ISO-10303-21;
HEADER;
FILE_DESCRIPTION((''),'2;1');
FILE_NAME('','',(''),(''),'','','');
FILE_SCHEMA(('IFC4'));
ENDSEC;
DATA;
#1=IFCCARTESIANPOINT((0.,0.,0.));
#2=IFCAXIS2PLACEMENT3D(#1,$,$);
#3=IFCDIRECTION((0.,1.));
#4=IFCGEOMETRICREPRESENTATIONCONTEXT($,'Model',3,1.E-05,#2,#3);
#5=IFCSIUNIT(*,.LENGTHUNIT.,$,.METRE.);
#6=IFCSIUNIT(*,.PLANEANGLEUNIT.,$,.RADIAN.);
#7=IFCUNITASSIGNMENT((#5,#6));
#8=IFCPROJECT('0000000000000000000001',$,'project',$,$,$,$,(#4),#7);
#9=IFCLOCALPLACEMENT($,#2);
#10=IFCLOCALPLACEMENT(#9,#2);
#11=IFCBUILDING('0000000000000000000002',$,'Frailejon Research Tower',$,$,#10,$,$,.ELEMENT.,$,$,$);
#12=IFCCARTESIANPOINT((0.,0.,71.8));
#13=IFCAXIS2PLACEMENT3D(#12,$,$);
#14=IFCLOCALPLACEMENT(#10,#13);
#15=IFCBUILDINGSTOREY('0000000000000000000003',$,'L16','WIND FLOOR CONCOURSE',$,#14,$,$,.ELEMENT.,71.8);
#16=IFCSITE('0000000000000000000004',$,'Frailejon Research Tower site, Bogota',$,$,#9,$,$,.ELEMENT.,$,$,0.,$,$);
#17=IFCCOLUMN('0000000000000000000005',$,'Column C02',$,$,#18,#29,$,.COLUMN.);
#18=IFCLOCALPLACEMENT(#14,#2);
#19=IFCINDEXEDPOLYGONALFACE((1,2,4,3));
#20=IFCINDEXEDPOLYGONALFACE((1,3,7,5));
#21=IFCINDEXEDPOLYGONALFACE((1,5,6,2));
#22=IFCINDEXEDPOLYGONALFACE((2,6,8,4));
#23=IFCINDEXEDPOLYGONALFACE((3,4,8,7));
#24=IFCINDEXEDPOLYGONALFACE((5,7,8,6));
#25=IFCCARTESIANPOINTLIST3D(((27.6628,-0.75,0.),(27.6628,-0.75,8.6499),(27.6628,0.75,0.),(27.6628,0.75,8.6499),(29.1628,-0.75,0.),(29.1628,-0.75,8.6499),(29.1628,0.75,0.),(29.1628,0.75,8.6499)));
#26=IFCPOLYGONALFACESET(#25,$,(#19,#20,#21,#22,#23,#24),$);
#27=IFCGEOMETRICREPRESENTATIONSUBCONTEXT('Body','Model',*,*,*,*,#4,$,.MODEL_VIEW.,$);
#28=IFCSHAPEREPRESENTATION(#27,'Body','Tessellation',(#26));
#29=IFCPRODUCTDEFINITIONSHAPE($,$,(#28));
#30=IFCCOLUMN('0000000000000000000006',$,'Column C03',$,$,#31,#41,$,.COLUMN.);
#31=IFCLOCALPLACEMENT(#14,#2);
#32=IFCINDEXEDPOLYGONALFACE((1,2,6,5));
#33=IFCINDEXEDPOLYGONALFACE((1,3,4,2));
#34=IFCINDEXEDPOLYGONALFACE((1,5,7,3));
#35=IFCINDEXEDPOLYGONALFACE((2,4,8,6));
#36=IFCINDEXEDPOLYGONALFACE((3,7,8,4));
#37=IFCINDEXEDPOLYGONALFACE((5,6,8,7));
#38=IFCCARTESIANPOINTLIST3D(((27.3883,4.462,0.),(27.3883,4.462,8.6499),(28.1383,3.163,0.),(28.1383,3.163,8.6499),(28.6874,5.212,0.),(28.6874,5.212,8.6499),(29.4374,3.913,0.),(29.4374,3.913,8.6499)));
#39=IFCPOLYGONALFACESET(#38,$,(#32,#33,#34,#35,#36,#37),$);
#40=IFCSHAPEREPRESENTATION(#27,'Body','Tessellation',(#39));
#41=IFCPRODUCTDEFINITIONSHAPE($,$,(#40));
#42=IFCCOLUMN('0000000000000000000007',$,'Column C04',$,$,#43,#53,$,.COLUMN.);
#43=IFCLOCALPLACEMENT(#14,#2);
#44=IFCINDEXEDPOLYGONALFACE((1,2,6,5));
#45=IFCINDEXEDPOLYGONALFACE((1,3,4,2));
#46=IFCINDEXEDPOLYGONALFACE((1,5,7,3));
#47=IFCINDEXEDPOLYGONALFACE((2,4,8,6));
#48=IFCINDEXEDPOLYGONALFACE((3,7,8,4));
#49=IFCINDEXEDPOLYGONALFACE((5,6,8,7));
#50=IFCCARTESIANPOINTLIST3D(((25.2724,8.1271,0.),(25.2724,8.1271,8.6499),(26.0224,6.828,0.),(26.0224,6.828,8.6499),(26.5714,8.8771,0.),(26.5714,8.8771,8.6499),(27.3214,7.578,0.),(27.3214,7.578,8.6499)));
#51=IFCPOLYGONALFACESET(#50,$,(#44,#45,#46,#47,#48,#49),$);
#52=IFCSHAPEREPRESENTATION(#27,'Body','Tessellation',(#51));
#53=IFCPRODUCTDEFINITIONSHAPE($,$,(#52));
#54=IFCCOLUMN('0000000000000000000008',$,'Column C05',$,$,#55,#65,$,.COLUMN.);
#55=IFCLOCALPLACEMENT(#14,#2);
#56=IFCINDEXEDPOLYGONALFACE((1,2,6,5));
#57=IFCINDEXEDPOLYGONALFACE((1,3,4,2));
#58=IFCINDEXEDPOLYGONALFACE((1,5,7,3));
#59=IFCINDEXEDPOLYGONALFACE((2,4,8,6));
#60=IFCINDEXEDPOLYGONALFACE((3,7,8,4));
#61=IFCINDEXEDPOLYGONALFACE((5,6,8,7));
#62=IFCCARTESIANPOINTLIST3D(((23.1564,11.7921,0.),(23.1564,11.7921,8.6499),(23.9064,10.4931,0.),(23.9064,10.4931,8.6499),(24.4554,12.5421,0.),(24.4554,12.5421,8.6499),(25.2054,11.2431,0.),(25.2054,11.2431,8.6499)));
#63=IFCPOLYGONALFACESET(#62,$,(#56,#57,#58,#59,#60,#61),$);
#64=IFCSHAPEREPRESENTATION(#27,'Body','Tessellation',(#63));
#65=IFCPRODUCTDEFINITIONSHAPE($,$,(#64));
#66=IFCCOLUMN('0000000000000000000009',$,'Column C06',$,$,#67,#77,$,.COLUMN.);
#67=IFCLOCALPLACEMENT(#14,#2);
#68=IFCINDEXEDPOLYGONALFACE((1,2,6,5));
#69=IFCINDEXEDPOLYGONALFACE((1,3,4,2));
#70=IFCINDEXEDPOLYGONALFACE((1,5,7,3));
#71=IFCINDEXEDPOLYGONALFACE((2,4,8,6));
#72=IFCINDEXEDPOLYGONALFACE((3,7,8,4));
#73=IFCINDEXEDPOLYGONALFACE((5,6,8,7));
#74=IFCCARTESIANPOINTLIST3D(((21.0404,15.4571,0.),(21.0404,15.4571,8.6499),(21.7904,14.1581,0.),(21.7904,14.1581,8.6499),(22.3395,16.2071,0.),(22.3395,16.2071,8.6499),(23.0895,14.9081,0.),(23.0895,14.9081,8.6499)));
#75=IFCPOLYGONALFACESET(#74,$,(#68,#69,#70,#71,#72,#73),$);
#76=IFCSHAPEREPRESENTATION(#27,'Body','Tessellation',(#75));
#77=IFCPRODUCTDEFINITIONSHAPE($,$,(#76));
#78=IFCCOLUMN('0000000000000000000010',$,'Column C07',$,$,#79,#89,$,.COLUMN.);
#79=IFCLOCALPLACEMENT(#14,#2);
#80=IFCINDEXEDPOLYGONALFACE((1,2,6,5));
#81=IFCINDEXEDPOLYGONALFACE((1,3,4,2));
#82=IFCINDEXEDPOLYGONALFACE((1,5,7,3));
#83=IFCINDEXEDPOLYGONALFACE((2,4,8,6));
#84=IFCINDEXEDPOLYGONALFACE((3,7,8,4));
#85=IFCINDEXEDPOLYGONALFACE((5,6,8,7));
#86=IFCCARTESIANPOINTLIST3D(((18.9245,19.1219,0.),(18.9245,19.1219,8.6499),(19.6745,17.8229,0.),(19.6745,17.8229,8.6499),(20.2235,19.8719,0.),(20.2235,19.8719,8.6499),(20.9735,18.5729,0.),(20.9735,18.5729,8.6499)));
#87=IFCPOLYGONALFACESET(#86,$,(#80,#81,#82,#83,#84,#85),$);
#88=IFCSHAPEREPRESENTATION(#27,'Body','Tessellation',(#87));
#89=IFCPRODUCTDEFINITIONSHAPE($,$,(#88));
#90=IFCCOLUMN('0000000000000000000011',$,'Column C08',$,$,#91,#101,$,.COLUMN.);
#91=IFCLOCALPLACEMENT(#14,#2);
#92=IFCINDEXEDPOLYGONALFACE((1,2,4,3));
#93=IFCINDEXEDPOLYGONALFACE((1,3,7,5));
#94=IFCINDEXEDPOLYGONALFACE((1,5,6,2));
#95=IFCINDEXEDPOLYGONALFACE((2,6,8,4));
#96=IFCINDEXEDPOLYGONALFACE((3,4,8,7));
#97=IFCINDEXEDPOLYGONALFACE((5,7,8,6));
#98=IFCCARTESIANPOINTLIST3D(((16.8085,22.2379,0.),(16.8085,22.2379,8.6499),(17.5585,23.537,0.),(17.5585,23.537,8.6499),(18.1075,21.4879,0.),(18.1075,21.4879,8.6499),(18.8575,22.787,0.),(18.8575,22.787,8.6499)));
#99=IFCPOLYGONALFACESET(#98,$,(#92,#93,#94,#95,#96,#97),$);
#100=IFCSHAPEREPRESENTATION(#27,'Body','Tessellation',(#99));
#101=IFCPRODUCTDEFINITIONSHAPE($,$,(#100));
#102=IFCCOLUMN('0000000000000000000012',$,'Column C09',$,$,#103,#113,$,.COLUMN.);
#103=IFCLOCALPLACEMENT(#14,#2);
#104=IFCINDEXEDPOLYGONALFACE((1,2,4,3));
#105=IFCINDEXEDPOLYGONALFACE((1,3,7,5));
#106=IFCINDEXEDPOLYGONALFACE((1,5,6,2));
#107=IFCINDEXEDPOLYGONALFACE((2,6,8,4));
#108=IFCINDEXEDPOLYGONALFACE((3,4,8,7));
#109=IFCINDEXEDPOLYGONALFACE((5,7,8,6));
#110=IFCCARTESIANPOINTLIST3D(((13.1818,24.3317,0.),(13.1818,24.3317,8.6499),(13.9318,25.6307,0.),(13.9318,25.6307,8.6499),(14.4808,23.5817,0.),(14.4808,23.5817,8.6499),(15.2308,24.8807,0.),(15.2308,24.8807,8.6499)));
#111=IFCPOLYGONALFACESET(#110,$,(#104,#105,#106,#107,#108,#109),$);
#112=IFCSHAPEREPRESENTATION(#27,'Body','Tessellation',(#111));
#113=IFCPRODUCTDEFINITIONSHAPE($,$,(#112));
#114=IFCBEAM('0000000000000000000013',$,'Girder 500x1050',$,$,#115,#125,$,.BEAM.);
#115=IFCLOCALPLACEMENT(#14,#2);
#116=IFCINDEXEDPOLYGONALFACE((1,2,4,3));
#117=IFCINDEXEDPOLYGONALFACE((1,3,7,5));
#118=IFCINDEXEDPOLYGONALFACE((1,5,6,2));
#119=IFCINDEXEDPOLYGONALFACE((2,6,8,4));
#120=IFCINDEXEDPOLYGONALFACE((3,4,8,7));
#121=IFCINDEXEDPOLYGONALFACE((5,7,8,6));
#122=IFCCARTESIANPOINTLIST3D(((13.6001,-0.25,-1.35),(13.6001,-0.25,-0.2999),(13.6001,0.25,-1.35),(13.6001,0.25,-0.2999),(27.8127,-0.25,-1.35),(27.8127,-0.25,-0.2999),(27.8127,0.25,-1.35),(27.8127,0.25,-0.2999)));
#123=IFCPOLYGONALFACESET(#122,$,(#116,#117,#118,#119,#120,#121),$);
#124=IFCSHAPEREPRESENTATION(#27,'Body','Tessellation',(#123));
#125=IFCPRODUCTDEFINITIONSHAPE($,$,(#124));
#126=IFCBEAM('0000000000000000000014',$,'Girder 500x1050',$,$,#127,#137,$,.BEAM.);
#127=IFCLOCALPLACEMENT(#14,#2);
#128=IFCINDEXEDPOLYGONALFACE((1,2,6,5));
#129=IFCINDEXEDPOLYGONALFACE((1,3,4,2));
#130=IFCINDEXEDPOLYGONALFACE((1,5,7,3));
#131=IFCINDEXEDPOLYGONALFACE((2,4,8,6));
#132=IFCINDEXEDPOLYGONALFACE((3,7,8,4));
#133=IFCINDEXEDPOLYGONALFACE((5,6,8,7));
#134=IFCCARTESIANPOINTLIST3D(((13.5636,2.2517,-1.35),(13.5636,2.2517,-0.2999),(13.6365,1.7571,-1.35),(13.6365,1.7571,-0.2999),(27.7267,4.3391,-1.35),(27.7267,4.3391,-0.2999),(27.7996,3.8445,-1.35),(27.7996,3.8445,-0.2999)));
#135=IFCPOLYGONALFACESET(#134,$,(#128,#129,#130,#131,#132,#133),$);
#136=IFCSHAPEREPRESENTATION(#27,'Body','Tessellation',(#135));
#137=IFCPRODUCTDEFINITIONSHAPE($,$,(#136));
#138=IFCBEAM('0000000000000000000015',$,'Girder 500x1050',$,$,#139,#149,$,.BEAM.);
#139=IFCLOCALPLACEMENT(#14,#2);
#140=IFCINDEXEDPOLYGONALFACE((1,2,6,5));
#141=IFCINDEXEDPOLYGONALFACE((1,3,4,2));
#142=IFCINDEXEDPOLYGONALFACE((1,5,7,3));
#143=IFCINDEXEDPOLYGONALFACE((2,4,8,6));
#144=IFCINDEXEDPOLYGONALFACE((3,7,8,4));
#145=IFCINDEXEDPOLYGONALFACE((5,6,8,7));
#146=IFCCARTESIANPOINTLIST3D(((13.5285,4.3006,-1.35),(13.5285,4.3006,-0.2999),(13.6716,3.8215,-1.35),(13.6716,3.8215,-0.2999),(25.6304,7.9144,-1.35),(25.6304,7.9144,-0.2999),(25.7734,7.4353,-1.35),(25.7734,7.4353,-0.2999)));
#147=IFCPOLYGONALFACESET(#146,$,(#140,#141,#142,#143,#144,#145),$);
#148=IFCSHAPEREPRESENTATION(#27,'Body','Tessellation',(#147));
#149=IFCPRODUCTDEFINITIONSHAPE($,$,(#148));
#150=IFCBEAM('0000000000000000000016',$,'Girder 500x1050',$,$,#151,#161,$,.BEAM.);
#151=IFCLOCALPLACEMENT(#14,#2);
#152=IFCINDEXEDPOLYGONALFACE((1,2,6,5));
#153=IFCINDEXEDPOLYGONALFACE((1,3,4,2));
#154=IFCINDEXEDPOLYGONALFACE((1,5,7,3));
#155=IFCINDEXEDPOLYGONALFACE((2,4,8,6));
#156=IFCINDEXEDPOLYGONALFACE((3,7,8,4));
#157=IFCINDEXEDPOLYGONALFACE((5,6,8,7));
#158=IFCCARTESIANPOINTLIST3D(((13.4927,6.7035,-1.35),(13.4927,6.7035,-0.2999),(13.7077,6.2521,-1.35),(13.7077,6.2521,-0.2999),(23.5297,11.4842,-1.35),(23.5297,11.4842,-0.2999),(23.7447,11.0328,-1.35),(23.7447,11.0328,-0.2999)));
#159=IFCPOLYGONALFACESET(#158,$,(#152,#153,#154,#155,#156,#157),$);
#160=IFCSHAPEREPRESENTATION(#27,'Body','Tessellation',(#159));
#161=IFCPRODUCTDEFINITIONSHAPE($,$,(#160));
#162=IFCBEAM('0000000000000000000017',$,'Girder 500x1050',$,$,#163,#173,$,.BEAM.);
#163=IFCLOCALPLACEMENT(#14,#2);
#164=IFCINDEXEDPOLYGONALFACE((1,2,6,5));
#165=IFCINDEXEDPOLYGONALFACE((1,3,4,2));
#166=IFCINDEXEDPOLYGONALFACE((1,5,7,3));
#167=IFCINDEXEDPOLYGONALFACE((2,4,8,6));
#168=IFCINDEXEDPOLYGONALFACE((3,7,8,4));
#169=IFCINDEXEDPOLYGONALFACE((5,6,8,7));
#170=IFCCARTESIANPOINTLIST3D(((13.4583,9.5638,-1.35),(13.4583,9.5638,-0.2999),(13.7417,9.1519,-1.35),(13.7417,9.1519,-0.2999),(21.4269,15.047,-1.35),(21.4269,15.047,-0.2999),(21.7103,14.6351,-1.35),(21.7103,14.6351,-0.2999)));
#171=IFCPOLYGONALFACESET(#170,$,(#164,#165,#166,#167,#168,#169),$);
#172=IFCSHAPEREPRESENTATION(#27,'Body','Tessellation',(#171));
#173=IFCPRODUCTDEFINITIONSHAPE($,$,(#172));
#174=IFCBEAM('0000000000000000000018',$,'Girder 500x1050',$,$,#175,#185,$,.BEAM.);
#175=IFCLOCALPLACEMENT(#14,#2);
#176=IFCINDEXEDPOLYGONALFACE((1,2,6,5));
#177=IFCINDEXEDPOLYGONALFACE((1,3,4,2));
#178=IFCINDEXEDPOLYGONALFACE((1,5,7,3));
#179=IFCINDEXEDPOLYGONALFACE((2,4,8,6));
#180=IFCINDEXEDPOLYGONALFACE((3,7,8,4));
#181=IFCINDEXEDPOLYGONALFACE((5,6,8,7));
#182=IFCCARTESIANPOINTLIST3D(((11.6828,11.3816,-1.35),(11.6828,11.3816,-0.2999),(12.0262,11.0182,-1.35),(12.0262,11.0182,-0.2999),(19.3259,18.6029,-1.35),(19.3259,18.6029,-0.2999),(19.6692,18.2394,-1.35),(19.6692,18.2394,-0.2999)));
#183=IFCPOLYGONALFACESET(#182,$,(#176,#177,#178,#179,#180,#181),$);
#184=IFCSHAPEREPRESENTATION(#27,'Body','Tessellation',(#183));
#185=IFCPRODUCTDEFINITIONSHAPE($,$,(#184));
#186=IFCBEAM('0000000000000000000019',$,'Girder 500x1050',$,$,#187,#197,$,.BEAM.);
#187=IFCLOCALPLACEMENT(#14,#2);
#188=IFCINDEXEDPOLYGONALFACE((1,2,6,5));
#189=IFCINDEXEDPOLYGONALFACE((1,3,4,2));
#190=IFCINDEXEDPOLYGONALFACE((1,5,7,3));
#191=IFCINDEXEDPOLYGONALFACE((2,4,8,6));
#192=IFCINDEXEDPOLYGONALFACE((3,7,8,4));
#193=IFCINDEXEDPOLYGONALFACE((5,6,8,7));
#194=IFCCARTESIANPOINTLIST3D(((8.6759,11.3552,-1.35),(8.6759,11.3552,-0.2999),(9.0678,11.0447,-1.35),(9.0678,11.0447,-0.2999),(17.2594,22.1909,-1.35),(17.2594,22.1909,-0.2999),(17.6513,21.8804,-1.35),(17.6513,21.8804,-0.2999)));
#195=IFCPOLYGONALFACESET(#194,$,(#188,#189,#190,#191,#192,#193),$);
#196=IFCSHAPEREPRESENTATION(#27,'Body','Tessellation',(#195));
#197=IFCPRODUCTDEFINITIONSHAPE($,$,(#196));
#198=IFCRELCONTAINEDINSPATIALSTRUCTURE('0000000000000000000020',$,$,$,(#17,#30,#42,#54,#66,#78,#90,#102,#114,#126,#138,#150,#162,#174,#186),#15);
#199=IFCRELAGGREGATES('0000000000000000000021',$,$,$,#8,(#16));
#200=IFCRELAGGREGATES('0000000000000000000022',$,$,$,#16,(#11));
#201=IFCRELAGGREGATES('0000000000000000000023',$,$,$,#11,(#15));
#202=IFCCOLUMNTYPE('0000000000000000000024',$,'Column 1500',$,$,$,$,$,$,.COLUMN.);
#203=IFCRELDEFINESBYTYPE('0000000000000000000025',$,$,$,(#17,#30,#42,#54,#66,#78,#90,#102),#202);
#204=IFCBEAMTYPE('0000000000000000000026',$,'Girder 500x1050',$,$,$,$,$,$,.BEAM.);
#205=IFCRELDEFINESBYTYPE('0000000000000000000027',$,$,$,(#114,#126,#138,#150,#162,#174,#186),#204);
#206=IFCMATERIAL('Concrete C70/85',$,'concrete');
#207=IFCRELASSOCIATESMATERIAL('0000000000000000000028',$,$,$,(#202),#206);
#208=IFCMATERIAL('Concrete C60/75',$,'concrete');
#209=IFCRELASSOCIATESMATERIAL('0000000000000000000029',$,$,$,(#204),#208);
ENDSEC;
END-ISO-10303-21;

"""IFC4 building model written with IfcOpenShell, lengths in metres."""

from ifc_helpers import new_model, si_unit, direction, frame, origin, origin_2d, place, context, subcontext, project, spatial, rectangle, extrude, material, material_profile, profile_set, type_object, element, save


model = new_model("IFC4")

# Units and contexts
model_context = context("Model", 3, precision=1e-05, world=origin(), true_north=direction((0.0, 1.0)))
body_context = subcontext(model_context, "Body", "Model", "MODEL_VIEW")
ifc_project = project(units=[si_unit("LENGTHUNIT", "METRE"), si_unit("PLANEANGLEUNIT", "RADIAN")], contexts=[model_context])

# Site, building, storey
site_placement = place(None, origin())
site = spatial("IfcSite", under=ifc_project, at=site_placement, Name="Frailejon Research Tower site, Bogota", CompositionType="ELEMENT", RefElevation=0.0)
building_placement = place(site_placement, origin())
building = spatial("IfcBuilding", under=site, at=building_placement, Name="Frailejon Research Tower", CompositionType="ELEMENT")
storey_placement = place(building_placement, frame((0.0, 0.0, 71.8)))
storey = spatial("IfcBuildingStorey", under=building, at=storey_placement, Name="L16", Description="WIND FLOOR CONCOURSE", CompositionType="ELEMENT", Elevation=71.8)

# Columns
ifc_material_1 = material(Name="Concrete C70/85", Category="concrete")
ifc_material_profile_1 = material_profile(ifc_material_1, rectangle(XDim=1.5, YDim=1.5, at=origin_2d()), Name="Column 1500")
ifc_profile_set_1 = profile_set([ifc_material_profile_1], Name="Concrete C70/85")
column_type = type_object("IfcColumnType", Name="Column 1500", PredefinedType="COLUMN", material=ifc_profile_set_1)
for number, where, z_axis, x_axis, name in (
    (1, (28.4128, 0.0, 0.0), (0.0, 0.0, 1.0), (0.0, 1.0, 0.0), "Column C02"),
    (2, (28.4128, 4.1875, 0.0), (0.0, 0.0, 1.0), (-0.5, 0.866025, 0.0), "Column C03"),
    (3, (26.2969, 7.8525, 0.0), (0.0, 0.0, 1.0), (-0.5, 0.866025, 0.0), "Column C04"),
    (4, (24.1809, 11.5176, 0.0), (0.0, 0.0, 1.0), (-0.5, 0.866025, 0.0), "Column C05"),
    (5, (22.0649, 15.1826, 0.0), (0.0, 0.0, 1.0), (-0.5, 0.866025, 0.0), "Column C06"),
    (6, (19.949, 18.8474, 0.0), (0.0, 0.0, 1.0), (-0.5, 0.866025, 0.0), "Column C07"),
    (7, (17.833, 22.5125, 0.0), (0.0, 0.0, 1.0), (-0.866025, 0.5, 0.0), "Column C08"),
    (8, (14.2063, 24.6062, 0.0), (0.0, 0.0, 1.0), (-0.866025, 0.5, 0.0), "Column C09"),
):
    element("IfcColumn", number, at=place(storey_placement, frame(where, z_axis=z_axis, x_axis=x_axis)), inside=storey, type_object=column_type, Name=name, PredefinedType="COLUMN", context=body_context, shape_type="SweptSolid", body=[
        extrude(rectangle(XDim=1.5, YDim=1.5, at=origin_2d()), origin(), (0.0, 0.0, 1.0), 8.6499),
    ])

# Beams
ifc_material_2 = material(Name="Concrete C60/75", Category="concrete")
ifc_material_profile_2 = material_profile(ifc_material_2, rectangle(XDim=0.5, YDim=1.05, at=origin_2d()), Name="Girder 500x1050")
ifc_profile_set_2 = profile_set([ifc_material_profile_2], Name="Concrete C60/75")
beam_type_1 = type_object("IfcBeamType", Name="Girder 500x1050", PredefinedType="BEAM", material=ifc_profile_set_2)
beam_1_placement = place(storey_placement, frame((27.8127, 0.0, -0.825), z_axis=(-1.0, 0.0, 0.0), x_axis=(0.0, -1.0, 0.0)))
element("IfcBeam", 9, at=beam_1_placement, inside=storey, type_object=beam_type_1, Name="Girder 500x1050", PredefinedType="BEAM", context=body_context, shape_type="SweptSolid", body=[
    extrude(rectangle(XDim=0.5, YDim=1.05, at=origin_2d()), origin(), (0.0, 0.0, 1.0), 14.2126),
])
beam_2_placement = place(storey_placement, frame((27.7632, 4.0918, -0.825), z_axis=(-0.989313, -0.145808, 0.0), x_axis=(0.145808, -0.989313, 0.0)))
element("IfcBeam", 10, at=beam_2_placement, inside=storey, type_object=beam_type_1, Name="Girder 500x1050", PredefinedType="BEAM", context=body_context, shape_type="SweptSolid", body=[
    extrude(rectangle(XDim=0.5, YDim=1.05, at=origin_2d()), origin(), (0.0, 0.0, 1.0), 14.3162),
])
beam_3_placement = place(storey_placement, frame((25.7019, 7.6748, -0.825), z_axis=(-0.958191, -0.286129, 0.0), x_axis=(0.286129, -0.958191, 0.0)))
element("IfcBeam", 11, at=beam_3_placement, inside=storey, type_object=beam_type_1, Name="Girder 500x1050", PredefinedType="BEAM", context=body_context, shape_type="SweptSolid", body=[
    extrude(rectangle(XDim=0.5, YDim=1.05, at=origin_2d()), origin(), (0.0, 0.0, 1.0), 12.6299),
])
beam_4_placement = place(storey_placement, frame((23.6372, 11.2585, -0.825), z_axis=(-0.902819, -0.430021, 0.0), x_axis=(0.430021, -0.902819, 0.0)))
element("IfcBeam", 12, at=beam_4_placement, inside=storey, type_object=beam_type_1, Name="Girder 500x1050", PredefinedType="BEAM", context=body_context, shape_type="SweptSolid", body=[
    extrude(rectangle(XDim=0.5, YDim=1.05, at=origin_2d()), origin(), (0.0, 0.0, 1.0), 11.1174),
])
beam_5_placement = place(storey_placement, frame((21.5686, 14.8411, -0.825), z_axis=(-0.82381, -0.566866, 0.0), x_axis=(0.566866, -0.82381, 0.0)))
element("IfcBeam", 13, at=beam_5_placement, inside=storey, type_object=beam_type_1, Name="Girder 500x1050", PredefinedType="BEAM", context=body_context, shape_type="SweptSolid", body=[
    extrude(rectangle(XDim=0.5, YDim=1.05, at=origin_2d()), origin(), (0.0, 0.0, 1.0), 9.6729),
])
beam_6_placement = place(storey_placement, frame((19.4976, 18.4211, -0.825), z_axis=(-0.726883, -0.686761, 0.0), x_axis=(0.686761, -0.726883, 0.0)))
element("IfcBeam", 14, at=beam_6_placement, inside=storey, type_object=beam_type_1, Name="Girder 500x1050", PredefinedType="BEAM", context=body_context, shape_type="SweptSolid", body=[
    extrude(rectangle(XDim=0.5, YDim=1.05, at=origin_2d()), origin(), (0.0, 0.0, 1.0), 10.5149),
])
beam_7_placement = place(storey_placement, frame((17.4553, 22.0356, -0.825), z_axis=(-0.620936, -0.783861, 0.0), x_axis=(0.783861, -0.620936, 0.0)))
element("IfcBeam", 15, at=beam_7_placement, inside=storey, type_object=beam_type_1, Name="Girder 500x1050", PredefinedType="BEAM", context=body_context, shape_type="SweptSolid", body=[
    extrude(rectangle(XDim=0.5, YDim=1.05, at=origin_2d()), origin(), (0.0, 0.0, 1.0), 13.8235),
])

save(model, "model.ifc")
